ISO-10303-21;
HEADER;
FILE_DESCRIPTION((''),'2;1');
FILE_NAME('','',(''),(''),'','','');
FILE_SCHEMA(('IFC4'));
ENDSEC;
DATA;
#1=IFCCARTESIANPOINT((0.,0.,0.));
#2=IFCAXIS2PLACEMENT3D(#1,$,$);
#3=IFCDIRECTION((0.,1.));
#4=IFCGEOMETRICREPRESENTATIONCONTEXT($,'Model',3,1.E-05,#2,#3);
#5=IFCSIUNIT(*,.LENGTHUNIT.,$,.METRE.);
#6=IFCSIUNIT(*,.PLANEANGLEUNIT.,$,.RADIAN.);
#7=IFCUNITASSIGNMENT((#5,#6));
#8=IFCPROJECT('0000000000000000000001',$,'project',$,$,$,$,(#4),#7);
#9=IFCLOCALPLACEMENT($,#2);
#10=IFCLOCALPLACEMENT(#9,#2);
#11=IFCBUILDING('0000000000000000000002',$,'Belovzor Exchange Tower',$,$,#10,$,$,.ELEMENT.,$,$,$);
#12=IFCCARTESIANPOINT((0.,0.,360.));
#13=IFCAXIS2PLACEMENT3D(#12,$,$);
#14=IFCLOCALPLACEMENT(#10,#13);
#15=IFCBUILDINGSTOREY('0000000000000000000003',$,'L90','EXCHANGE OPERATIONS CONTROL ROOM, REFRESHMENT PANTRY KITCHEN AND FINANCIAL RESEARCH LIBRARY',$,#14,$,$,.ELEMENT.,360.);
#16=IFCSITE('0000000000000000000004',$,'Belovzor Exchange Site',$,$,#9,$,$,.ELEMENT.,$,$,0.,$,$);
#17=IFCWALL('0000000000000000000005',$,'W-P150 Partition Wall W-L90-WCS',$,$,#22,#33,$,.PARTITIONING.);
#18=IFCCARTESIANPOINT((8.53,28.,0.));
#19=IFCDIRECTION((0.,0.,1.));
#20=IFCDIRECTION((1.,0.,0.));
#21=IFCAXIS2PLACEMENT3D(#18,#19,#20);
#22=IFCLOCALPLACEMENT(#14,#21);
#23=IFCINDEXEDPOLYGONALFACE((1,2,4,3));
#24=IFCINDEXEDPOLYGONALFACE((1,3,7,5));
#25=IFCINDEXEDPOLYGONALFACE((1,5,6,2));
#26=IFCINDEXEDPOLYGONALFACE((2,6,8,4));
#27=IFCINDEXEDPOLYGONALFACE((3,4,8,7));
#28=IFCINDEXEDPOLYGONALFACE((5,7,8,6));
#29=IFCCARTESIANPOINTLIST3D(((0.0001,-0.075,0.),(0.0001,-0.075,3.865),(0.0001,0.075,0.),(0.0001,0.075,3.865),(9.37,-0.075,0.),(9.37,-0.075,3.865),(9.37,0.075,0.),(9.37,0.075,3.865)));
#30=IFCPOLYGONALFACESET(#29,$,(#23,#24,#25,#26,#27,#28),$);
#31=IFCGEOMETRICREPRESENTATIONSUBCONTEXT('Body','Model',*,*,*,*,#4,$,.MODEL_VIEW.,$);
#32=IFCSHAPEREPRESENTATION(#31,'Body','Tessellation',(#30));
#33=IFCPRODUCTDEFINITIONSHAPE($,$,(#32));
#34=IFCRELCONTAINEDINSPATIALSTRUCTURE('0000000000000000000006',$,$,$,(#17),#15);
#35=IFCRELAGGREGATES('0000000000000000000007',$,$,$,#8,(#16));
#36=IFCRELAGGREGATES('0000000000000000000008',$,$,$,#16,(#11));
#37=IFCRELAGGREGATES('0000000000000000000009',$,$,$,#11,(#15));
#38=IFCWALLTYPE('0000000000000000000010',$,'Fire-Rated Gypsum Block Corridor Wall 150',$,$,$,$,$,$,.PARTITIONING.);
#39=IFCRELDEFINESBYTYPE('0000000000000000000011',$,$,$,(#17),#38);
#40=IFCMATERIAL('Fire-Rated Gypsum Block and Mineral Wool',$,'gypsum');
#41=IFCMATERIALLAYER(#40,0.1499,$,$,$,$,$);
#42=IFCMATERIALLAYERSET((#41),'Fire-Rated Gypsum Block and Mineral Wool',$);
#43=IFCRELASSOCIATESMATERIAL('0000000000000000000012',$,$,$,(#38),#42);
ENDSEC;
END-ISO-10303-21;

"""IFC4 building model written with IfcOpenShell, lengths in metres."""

from ifc_helpers import new_model, si_unit, direction, frame, frame_2d, origin, place, context, subcontext, project, spatial, rectangle, extrude, material, layer, layer_set, type_object, element, save


model = new_model("IFC4")

# Units and contexts
model_context = context("Model", 3, precision=1e-05, world=origin(), true_north=direction((0.0, 1.0)))
body_context = subcontext(model_context, "Body", "Model", "MODEL_VIEW")
ifc_project = project(units=[si_unit("LENGTHUNIT", "METRE"), si_unit("PLANEANGLEUNIT", "RADIAN")], contexts=[model_context])

# Site, building, storey
site_placement = place(None, origin())
site = spatial("IfcSite", under=ifc_project, at=site_placement, Name="Belovzor Exchange Site", CompositionType="ELEMENT", RefElevation=0.0)
building_placement = place(site_placement, origin())
building = spatial("IfcBuilding", under=site, at=building_placement, Name="Belovzor Exchange Tower", CompositionType="ELEMENT")
storey_placement = place(building_placement, frame((0.0, 0.0, 360.0)))
storey = spatial("IfcBuildingStorey", under=building, at=storey_placement, Name="L90", Description="EXCHANGE OPERATIONS CONTROL ROOM, REFRESHMENT PANTRY KITCHEN AND FINANCIAL RESEARCH LIBRARY", CompositionType="ELEMENT", Elevation=360.0)

# Shared definitions
ifc_material_1 = material(Name="Fire-Rated Gypsum Block and Mineral Wool", Category="gypsum")
ifc_layer_1 = layer(ifc_material_1, 0.1499)
ifc_layer_set_1 = layer_set([ifc_layer_1], Name="Fire-Rated Gypsum Block and Mineral Wool")
wall_type_1 = type_object("IfcWallType", Name="Fire-Rated Gypsum Block Corridor Wall 150", PredefinedType="PARTITIONING", material=ifc_layer_set_1)

# Wall
wall_1_placement = place(storey_placement, frame((8.53, 28.0, 0.0), z_axis=(0.0, 0.0, 1.0), x_axis=(1.0, 0.0, 0.0)))
element("IfcWall", 1, at=wall_1_placement, inside=storey, type_object=wall_type_1, Name="W-P150 Partition Wall W-L90-WCS", PredefinedType="PARTITIONING", context=body_context, shape_type="SweptSolid", body=[
    extrude(rectangle(XDim=9.3699, YDim=0.1499, at=frame_2d((4.6851, 0.0))), origin(), (0.0, 0.0, 1.0), 3.865),
])

save(model, "model.ifc")
